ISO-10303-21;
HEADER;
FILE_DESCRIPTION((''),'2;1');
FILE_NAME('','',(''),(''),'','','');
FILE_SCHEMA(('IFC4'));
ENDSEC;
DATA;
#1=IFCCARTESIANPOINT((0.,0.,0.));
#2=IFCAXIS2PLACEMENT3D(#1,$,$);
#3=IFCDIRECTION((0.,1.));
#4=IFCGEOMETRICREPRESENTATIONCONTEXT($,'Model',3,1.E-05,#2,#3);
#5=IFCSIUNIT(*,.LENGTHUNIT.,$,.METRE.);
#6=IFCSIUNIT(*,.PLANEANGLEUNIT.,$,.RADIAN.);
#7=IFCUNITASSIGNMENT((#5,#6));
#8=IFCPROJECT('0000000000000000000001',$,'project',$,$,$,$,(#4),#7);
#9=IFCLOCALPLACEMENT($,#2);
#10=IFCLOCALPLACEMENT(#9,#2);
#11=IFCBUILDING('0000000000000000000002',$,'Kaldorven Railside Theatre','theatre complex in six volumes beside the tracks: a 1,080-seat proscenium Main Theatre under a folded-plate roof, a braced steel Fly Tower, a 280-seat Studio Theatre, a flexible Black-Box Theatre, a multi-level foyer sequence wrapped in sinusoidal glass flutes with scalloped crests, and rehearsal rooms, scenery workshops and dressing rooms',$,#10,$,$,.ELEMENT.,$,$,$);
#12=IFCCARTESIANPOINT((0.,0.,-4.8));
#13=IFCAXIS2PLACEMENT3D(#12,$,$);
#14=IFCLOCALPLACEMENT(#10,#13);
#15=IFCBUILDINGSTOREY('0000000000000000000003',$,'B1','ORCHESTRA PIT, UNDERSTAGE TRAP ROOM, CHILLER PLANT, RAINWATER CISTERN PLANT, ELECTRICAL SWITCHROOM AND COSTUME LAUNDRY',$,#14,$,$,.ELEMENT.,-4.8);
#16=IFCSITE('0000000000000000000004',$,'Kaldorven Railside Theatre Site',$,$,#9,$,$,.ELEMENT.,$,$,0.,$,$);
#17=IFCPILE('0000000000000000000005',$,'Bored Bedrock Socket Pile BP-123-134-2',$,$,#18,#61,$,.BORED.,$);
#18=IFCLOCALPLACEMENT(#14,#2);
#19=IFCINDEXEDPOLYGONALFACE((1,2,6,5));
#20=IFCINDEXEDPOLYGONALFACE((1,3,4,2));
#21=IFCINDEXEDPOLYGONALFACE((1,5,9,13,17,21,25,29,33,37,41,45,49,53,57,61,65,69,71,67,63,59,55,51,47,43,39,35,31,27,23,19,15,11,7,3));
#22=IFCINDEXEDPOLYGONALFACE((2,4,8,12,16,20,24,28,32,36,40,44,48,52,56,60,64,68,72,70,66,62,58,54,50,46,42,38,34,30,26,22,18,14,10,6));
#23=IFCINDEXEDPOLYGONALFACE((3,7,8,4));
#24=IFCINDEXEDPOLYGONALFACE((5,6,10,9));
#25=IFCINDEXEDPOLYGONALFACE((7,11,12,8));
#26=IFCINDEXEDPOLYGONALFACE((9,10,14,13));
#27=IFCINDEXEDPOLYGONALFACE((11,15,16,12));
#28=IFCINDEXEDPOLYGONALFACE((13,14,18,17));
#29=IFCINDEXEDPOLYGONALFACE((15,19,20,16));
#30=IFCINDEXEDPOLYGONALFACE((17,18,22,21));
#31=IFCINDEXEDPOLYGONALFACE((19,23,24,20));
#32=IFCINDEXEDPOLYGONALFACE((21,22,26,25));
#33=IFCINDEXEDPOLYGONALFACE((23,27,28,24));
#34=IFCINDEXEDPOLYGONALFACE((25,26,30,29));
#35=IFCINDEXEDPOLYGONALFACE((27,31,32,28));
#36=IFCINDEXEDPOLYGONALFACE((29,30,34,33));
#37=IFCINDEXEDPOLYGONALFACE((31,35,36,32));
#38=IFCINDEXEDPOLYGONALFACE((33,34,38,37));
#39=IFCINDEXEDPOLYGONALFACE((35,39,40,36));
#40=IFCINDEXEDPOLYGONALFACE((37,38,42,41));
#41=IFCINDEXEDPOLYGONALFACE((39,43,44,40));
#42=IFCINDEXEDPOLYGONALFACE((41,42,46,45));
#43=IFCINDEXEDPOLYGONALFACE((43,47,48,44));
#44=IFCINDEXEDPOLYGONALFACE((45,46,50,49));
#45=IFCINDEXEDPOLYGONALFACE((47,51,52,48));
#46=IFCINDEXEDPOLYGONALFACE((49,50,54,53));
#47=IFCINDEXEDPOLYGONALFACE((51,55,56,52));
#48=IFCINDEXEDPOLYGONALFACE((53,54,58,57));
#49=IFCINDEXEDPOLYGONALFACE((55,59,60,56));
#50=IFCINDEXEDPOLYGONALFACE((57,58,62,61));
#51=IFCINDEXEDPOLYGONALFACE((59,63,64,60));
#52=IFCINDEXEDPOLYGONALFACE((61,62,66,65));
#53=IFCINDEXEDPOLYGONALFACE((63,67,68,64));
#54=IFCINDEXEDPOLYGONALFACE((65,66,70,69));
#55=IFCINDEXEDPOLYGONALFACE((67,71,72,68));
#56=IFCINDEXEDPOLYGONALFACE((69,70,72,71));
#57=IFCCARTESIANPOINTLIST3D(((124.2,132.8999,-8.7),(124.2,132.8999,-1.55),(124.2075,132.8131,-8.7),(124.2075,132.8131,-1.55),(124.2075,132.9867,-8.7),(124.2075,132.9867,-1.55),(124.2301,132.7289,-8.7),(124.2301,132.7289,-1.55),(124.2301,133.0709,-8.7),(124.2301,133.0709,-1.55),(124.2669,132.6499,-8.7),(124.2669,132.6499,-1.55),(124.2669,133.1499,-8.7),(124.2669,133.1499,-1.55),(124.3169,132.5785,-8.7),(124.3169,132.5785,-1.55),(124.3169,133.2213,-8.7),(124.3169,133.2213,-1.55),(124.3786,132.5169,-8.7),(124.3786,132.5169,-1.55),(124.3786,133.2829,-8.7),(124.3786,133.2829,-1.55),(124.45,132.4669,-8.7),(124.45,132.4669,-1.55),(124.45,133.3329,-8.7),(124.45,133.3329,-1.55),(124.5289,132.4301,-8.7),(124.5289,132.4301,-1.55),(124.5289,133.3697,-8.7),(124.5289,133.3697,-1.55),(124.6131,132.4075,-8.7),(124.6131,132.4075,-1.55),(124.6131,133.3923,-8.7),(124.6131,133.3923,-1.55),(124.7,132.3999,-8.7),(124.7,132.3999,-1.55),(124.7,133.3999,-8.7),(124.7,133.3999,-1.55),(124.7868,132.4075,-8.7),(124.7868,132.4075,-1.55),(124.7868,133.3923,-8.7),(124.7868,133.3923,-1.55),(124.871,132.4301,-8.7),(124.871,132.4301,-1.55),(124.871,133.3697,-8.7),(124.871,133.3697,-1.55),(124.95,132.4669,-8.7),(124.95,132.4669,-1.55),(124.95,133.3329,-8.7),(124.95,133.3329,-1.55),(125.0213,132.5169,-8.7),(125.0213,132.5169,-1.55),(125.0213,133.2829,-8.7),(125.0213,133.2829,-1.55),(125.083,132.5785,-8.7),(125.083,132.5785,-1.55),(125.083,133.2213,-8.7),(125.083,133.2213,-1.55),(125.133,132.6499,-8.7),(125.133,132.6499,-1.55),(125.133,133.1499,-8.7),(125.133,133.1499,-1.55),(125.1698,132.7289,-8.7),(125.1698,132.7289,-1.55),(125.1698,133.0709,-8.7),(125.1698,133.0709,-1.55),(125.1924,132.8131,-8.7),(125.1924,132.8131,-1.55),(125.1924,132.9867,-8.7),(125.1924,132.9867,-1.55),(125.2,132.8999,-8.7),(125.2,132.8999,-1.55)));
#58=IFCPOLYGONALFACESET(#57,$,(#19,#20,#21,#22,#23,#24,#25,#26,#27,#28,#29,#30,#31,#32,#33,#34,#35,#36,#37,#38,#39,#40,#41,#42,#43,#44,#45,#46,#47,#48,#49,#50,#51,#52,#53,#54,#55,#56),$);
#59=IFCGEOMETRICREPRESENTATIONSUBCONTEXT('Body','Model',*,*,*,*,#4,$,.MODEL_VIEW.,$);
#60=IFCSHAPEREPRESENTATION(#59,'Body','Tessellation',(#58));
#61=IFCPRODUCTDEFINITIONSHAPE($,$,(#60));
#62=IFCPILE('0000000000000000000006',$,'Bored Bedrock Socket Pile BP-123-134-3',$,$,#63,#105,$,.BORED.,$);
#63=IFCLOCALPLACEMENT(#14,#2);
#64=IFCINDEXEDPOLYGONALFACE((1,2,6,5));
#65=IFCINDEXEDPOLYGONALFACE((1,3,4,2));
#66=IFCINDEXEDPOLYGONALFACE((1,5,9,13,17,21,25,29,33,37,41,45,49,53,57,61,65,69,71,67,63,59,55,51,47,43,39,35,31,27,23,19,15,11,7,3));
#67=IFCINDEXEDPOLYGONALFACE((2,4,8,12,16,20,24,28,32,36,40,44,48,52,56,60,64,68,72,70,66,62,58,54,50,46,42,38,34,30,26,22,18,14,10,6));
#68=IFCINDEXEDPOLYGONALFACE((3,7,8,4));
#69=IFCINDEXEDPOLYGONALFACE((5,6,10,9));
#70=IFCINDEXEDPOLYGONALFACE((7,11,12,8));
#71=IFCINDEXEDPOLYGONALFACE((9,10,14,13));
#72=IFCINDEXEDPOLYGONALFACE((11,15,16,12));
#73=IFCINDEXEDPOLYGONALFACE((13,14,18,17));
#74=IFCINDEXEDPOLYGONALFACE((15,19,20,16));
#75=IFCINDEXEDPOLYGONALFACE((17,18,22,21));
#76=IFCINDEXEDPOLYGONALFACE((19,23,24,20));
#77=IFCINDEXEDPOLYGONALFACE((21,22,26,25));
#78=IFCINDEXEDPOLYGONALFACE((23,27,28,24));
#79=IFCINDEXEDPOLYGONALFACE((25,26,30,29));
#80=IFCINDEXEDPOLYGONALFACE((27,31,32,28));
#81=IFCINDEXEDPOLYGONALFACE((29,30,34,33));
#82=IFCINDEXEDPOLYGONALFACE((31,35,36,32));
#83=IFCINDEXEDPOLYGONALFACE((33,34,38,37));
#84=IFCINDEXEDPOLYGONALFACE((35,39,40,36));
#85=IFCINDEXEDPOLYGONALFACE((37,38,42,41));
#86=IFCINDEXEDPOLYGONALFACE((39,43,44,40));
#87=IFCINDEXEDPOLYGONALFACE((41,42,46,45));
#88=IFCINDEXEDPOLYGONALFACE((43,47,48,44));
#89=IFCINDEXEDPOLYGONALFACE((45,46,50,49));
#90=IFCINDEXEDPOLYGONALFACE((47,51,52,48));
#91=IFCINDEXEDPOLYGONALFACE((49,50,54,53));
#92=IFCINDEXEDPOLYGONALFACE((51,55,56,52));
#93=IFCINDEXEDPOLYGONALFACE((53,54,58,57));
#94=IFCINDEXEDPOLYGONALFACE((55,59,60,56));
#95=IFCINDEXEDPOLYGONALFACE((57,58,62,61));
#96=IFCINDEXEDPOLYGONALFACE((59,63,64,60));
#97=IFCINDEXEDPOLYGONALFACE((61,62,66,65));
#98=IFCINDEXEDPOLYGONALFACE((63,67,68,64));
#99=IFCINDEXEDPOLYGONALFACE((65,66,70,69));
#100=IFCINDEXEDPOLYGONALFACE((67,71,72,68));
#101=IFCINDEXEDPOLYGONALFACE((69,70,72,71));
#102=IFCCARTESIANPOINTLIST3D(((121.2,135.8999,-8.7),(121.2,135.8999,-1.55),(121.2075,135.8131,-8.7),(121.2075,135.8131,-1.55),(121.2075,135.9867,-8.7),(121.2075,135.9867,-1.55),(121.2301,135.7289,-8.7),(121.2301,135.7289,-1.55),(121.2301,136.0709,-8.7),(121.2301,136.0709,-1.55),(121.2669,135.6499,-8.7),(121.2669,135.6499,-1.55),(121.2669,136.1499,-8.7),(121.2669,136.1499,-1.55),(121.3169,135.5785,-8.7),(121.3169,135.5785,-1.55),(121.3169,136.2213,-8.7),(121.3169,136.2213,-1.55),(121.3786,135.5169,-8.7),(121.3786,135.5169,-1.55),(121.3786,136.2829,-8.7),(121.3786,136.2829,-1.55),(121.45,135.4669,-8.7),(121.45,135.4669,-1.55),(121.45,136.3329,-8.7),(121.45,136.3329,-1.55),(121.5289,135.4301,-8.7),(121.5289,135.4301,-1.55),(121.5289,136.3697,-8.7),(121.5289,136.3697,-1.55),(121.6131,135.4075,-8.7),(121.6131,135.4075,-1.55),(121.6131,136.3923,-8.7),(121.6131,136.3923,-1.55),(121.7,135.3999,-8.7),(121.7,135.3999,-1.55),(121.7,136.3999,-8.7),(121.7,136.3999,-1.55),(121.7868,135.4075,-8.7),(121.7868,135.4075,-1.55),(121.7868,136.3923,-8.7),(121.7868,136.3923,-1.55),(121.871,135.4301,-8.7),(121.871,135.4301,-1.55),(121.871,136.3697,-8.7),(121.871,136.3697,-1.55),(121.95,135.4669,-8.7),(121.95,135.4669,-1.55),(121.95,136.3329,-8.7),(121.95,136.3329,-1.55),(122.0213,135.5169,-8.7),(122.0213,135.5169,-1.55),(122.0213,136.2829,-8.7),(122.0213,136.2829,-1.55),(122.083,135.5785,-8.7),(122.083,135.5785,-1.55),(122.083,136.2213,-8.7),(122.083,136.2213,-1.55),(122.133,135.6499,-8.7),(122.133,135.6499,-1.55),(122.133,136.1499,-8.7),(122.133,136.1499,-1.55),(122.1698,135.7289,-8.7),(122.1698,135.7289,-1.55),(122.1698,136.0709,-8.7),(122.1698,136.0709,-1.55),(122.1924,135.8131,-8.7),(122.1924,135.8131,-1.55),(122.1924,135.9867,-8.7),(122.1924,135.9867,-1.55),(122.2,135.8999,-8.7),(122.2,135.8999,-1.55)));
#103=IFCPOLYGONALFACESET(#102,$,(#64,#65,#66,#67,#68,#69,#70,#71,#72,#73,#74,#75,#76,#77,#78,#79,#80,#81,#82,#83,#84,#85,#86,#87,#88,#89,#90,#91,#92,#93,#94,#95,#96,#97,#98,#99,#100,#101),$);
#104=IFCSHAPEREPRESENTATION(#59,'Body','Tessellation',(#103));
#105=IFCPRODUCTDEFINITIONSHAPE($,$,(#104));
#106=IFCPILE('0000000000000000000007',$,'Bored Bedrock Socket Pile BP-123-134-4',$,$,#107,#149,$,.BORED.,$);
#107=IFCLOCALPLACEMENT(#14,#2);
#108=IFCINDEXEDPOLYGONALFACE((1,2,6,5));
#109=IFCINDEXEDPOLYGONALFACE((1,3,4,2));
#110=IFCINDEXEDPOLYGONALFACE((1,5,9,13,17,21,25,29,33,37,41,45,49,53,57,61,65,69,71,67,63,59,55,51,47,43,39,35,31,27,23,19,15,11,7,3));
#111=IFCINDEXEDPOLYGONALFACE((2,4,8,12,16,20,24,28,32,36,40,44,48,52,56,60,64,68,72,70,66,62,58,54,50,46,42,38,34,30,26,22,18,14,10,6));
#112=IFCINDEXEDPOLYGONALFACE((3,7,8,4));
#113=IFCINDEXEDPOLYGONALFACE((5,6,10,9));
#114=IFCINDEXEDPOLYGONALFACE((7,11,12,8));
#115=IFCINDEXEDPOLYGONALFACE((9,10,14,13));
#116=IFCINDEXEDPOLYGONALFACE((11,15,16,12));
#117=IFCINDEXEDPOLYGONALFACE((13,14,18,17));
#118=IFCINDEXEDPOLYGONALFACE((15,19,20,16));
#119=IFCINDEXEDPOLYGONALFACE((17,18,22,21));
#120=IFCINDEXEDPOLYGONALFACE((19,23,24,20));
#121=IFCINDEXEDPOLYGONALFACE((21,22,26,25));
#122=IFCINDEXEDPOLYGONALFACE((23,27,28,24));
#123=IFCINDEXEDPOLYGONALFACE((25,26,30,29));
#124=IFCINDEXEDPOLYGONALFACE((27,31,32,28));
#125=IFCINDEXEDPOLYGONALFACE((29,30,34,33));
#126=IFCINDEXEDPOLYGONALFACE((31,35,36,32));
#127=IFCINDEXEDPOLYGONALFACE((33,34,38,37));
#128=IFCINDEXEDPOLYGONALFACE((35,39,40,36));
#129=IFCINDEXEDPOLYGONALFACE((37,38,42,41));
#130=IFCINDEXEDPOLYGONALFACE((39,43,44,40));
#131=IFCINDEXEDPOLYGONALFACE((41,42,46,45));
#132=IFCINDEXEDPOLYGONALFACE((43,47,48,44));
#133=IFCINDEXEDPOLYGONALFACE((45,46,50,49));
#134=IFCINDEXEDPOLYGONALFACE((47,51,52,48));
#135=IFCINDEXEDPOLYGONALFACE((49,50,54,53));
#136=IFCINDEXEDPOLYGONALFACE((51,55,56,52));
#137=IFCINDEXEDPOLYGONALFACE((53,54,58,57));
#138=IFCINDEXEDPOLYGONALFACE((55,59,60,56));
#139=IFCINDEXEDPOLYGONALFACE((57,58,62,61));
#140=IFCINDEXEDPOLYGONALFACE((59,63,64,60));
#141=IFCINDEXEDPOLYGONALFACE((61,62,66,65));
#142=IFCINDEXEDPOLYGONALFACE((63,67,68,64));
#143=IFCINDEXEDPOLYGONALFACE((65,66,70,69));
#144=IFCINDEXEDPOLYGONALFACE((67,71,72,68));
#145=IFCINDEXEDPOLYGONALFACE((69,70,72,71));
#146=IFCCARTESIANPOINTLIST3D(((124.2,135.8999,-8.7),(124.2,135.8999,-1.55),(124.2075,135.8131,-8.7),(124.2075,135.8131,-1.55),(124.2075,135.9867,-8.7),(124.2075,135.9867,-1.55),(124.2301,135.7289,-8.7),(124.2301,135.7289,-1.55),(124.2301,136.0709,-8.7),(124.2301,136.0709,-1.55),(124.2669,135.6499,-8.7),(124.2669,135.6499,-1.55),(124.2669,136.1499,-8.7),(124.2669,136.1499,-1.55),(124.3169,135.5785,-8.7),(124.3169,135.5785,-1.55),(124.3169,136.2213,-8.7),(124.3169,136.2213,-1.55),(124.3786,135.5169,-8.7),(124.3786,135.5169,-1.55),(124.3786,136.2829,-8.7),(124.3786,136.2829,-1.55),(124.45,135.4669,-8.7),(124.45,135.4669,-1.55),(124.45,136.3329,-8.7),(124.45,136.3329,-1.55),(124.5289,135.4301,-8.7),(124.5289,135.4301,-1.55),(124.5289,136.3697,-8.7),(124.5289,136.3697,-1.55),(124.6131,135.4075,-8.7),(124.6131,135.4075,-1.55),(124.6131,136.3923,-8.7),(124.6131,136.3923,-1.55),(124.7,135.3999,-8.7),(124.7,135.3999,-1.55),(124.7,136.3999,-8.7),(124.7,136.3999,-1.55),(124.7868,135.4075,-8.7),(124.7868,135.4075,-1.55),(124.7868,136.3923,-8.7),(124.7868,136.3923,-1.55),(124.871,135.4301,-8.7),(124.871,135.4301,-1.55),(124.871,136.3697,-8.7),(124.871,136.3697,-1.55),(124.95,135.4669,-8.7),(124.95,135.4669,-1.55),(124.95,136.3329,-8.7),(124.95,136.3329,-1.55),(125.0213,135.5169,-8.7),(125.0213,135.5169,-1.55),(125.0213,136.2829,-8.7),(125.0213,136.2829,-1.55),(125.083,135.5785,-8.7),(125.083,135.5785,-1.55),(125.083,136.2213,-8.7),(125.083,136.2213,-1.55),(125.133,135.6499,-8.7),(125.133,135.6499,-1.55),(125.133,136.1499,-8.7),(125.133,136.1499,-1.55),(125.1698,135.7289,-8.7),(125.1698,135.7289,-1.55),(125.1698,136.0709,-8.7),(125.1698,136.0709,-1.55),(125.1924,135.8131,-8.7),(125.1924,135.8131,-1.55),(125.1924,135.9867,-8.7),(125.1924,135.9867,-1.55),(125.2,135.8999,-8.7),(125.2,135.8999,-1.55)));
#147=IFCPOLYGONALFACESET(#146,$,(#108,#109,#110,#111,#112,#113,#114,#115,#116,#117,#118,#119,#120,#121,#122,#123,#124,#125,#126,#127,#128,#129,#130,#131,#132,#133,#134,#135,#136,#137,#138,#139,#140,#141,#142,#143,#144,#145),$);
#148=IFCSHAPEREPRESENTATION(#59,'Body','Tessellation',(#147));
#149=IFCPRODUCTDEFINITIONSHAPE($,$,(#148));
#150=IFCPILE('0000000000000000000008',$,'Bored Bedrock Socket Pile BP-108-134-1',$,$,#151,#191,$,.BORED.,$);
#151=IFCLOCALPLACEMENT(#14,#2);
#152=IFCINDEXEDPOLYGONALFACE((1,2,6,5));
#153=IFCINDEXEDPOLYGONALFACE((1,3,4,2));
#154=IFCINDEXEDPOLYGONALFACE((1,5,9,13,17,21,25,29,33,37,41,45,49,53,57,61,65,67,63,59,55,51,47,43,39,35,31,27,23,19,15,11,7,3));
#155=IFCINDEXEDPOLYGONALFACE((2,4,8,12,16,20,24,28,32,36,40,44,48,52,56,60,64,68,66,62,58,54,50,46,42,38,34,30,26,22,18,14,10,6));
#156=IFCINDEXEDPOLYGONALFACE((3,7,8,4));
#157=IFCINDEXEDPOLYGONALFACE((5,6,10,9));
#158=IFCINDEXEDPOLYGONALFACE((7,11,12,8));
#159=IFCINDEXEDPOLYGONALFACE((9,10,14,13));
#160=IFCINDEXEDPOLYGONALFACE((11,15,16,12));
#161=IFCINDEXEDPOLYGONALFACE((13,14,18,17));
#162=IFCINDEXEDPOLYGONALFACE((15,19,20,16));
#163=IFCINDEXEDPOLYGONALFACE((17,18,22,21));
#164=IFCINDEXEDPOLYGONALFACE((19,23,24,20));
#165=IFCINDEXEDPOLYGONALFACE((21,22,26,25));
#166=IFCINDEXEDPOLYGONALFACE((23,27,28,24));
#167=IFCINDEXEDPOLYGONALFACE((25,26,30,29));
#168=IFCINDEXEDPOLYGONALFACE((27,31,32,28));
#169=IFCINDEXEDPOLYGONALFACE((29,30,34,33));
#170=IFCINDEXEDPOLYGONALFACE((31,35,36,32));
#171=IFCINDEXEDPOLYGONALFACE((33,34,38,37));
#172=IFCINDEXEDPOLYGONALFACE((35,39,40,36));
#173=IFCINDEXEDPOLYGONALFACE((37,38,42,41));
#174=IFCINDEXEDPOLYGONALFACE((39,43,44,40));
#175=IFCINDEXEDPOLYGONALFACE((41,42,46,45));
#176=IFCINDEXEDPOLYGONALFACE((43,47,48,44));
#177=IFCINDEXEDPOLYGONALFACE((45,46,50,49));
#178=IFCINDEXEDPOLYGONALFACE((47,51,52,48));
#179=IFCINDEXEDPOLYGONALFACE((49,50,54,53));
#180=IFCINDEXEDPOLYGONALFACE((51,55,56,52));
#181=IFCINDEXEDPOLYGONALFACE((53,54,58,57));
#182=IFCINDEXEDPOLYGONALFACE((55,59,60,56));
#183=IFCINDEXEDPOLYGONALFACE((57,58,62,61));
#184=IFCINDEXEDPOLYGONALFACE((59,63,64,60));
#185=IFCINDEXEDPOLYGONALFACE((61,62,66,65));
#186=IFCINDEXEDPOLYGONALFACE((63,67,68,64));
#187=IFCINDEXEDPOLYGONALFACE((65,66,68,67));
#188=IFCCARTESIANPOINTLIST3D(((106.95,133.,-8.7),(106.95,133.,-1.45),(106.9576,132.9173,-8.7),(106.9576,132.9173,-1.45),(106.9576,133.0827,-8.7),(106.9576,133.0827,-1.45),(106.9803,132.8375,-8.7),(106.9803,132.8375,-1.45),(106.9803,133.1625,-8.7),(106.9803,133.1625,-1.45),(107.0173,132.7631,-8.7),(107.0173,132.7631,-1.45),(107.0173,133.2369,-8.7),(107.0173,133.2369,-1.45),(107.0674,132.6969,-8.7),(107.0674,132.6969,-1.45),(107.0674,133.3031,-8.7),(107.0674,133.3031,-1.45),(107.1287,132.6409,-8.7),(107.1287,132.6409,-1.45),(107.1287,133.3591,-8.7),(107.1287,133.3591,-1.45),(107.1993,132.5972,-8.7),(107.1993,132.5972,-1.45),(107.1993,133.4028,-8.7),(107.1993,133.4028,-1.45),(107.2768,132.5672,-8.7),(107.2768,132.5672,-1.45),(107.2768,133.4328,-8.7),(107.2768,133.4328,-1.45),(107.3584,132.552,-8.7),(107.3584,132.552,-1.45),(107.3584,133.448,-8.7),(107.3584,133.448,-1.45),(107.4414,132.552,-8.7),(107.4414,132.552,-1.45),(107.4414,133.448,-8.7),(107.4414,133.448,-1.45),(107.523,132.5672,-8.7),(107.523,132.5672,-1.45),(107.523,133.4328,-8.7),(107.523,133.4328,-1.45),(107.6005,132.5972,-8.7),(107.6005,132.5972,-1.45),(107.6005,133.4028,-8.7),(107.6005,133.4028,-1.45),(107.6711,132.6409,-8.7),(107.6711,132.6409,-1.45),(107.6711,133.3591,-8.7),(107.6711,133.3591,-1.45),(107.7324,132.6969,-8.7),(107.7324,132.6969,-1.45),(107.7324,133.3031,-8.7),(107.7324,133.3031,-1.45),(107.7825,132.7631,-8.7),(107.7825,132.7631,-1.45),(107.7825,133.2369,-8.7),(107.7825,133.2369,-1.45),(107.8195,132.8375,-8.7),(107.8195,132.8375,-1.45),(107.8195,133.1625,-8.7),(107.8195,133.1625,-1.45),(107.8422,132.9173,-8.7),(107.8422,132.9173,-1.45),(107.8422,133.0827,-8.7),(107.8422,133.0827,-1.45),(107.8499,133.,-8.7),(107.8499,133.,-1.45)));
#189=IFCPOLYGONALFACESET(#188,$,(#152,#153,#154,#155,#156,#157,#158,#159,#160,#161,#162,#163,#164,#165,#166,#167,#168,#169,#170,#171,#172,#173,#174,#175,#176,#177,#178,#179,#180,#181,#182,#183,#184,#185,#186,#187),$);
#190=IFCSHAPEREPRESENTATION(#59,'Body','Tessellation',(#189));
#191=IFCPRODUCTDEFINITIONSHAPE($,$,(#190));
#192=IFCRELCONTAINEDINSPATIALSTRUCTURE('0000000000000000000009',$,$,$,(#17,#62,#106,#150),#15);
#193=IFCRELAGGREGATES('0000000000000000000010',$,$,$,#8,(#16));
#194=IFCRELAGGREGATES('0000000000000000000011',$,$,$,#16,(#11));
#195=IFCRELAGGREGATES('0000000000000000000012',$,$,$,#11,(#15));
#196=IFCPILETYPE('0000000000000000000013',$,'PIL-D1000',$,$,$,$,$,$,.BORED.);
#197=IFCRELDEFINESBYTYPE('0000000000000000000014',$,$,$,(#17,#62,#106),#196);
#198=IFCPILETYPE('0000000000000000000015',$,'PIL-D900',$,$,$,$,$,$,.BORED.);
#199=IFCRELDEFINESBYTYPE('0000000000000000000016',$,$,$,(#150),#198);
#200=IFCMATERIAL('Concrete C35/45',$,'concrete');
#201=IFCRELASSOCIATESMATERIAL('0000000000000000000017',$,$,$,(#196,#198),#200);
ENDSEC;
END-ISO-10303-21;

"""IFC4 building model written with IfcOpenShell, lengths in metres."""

from ifc_helpers import new_model, si_unit, direction, frame, origin, origin_2d, place, context, subcontext, project, spatial, circle, extrude, material, material_profile, profile_set, type_object, element, save


model = new_model("IFC4")

# Units and contexts
model_context = context("Model", 3, precision=1e-05, world=origin(), true_north=direction((0.0, 1.0)))
body_context = subcontext(model_context, "Body", "Model", "MODEL_VIEW")
ifc_project = project(units=[si_unit("LENGTHUNIT", "METRE"), si_unit("PLANEANGLEUNIT", "RADIAN")], contexts=[model_context])

# Site, building, storey
site_placement = place(None, origin())
site = spatial("IfcSite", under=ifc_project, at=site_placement, Name="Kaldorven Railside Theatre Site", CompositionType="ELEMENT", RefElevation=0.0)
building_placement = place(site_placement, origin())
building = spatial("IfcBuilding", under=site, at=building_placement, Name="Kaldorven Railside Theatre", Description="theatre complex in six volumes beside the tracks: a 1,080-seat proscenium Main Theatre under a folded-plate roof, a braced steel Fly Tower, a 280-seat Studio Theatre, a flexible Black-Box Theatre, a multi-level foyer sequence wrapped in sinusoidal glass flutes with scalloped crests, and rehearsal rooms, scenery workshops and dressing rooms", CompositionType="ELEMENT")
storey_placement = place(building_placement, frame((0.0, 0.0, -4.8)))
storey = spatial("IfcBuildingStorey", under=building, at=storey_placement, Name="B1", Description="ORCHESTRA PIT, UNDERSTAGE TRAP ROOM, CHILLER PLANT, RAINWATER CISTERN PLANT, ELECTRICAL SWITCHROOM AND COSTUME LAUNDRY", CompositionType="ELEMENT", Elevation=-4.8)

# Piles
ifc_material_1 = material(Name="Concrete C35/45", Category="concrete")
ifc_material_profile_1 = material_profile(ifc_material_1, circle(Radius=0.5, at=origin_2d()), Name="BP D1000")
ifc_profile_set_1 = profile_set([ifc_material_profile_1], Name="Concrete C35/45")
pile_type_1 = type_object("IfcPileType", Name="PIL-D1000", PredefinedType="BORED", material=ifc_profile_set_1)
for number, where, z_axis, x_axis, name in (
    (1, (124.7, 132.8999, -1.55), (0.0, 0.0, -1.0), (1.0, 0.0, 0.0), "Bored Bedrock Socket Pile BP-123-134-2"),
    (2, (121.7, 135.8999, -1.55), (0.0, 0.0, -1.0), (1.0, 0.0, 0.0), "Bored Bedrock Socket Pile BP-123-134-3"),
    (3, (124.7, 135.8999, -1.55), (0.0, 0.0, -1.0), (1.0, 0.0, 0.0), "Bored Bedrock Socket Pile BP-123-134-4"),
):
    element("IfcPile", number, at=place(storey_placement, frame(where, z_axis=z_axis, x_axis=x_axis)), inside=storey, type_object=pile_type_1, Name=name, PredefinedType="BORED", context=body_context, shape_type="SweptSolid", body=[
        extrude(circle(Radius=0.5, at=origin_2d()), origin(), (0.0, 0.0, 1.0), 7.1499),
    ])
ifc_material_profile_2 = material_profile(ifc_material_1, circle(Radius=0.45, at=origin_2d()), Name="BP D900")
ifc_profile_set_2 = profile_set([ifc_material_profile_2], Name="Concrete C35/45")
pile_type_2 = type_object("IfcPileType", Name="PIL-D900", PredefinedType="BORED", material=ifc_profile_set_2)
for number, where, z_axis, x_axis, name in (
    (4, (107.3999, 133.0, -1.45), (0.0, 0.0, -1.0), (1.0, 0.0, 0.0), "Bored Bedrock Socket Pile BP-108-134-1"),
):
    element("IfcPile", number, at=place(storey_placement, frame(where, z_axis=z_axis, x_axis=x_axis)), inside=storey, type_object=pile_type_2, Name=name, PredefinedType="BORED", context=body_context, shape_type="SweptSolid", body=[
        extrude(circle(Radius=0.45, at=origin_2d()), origin(), (0.0, 0.0, 1.0), 7.25),
    ])

save(model, "model.ifc")
